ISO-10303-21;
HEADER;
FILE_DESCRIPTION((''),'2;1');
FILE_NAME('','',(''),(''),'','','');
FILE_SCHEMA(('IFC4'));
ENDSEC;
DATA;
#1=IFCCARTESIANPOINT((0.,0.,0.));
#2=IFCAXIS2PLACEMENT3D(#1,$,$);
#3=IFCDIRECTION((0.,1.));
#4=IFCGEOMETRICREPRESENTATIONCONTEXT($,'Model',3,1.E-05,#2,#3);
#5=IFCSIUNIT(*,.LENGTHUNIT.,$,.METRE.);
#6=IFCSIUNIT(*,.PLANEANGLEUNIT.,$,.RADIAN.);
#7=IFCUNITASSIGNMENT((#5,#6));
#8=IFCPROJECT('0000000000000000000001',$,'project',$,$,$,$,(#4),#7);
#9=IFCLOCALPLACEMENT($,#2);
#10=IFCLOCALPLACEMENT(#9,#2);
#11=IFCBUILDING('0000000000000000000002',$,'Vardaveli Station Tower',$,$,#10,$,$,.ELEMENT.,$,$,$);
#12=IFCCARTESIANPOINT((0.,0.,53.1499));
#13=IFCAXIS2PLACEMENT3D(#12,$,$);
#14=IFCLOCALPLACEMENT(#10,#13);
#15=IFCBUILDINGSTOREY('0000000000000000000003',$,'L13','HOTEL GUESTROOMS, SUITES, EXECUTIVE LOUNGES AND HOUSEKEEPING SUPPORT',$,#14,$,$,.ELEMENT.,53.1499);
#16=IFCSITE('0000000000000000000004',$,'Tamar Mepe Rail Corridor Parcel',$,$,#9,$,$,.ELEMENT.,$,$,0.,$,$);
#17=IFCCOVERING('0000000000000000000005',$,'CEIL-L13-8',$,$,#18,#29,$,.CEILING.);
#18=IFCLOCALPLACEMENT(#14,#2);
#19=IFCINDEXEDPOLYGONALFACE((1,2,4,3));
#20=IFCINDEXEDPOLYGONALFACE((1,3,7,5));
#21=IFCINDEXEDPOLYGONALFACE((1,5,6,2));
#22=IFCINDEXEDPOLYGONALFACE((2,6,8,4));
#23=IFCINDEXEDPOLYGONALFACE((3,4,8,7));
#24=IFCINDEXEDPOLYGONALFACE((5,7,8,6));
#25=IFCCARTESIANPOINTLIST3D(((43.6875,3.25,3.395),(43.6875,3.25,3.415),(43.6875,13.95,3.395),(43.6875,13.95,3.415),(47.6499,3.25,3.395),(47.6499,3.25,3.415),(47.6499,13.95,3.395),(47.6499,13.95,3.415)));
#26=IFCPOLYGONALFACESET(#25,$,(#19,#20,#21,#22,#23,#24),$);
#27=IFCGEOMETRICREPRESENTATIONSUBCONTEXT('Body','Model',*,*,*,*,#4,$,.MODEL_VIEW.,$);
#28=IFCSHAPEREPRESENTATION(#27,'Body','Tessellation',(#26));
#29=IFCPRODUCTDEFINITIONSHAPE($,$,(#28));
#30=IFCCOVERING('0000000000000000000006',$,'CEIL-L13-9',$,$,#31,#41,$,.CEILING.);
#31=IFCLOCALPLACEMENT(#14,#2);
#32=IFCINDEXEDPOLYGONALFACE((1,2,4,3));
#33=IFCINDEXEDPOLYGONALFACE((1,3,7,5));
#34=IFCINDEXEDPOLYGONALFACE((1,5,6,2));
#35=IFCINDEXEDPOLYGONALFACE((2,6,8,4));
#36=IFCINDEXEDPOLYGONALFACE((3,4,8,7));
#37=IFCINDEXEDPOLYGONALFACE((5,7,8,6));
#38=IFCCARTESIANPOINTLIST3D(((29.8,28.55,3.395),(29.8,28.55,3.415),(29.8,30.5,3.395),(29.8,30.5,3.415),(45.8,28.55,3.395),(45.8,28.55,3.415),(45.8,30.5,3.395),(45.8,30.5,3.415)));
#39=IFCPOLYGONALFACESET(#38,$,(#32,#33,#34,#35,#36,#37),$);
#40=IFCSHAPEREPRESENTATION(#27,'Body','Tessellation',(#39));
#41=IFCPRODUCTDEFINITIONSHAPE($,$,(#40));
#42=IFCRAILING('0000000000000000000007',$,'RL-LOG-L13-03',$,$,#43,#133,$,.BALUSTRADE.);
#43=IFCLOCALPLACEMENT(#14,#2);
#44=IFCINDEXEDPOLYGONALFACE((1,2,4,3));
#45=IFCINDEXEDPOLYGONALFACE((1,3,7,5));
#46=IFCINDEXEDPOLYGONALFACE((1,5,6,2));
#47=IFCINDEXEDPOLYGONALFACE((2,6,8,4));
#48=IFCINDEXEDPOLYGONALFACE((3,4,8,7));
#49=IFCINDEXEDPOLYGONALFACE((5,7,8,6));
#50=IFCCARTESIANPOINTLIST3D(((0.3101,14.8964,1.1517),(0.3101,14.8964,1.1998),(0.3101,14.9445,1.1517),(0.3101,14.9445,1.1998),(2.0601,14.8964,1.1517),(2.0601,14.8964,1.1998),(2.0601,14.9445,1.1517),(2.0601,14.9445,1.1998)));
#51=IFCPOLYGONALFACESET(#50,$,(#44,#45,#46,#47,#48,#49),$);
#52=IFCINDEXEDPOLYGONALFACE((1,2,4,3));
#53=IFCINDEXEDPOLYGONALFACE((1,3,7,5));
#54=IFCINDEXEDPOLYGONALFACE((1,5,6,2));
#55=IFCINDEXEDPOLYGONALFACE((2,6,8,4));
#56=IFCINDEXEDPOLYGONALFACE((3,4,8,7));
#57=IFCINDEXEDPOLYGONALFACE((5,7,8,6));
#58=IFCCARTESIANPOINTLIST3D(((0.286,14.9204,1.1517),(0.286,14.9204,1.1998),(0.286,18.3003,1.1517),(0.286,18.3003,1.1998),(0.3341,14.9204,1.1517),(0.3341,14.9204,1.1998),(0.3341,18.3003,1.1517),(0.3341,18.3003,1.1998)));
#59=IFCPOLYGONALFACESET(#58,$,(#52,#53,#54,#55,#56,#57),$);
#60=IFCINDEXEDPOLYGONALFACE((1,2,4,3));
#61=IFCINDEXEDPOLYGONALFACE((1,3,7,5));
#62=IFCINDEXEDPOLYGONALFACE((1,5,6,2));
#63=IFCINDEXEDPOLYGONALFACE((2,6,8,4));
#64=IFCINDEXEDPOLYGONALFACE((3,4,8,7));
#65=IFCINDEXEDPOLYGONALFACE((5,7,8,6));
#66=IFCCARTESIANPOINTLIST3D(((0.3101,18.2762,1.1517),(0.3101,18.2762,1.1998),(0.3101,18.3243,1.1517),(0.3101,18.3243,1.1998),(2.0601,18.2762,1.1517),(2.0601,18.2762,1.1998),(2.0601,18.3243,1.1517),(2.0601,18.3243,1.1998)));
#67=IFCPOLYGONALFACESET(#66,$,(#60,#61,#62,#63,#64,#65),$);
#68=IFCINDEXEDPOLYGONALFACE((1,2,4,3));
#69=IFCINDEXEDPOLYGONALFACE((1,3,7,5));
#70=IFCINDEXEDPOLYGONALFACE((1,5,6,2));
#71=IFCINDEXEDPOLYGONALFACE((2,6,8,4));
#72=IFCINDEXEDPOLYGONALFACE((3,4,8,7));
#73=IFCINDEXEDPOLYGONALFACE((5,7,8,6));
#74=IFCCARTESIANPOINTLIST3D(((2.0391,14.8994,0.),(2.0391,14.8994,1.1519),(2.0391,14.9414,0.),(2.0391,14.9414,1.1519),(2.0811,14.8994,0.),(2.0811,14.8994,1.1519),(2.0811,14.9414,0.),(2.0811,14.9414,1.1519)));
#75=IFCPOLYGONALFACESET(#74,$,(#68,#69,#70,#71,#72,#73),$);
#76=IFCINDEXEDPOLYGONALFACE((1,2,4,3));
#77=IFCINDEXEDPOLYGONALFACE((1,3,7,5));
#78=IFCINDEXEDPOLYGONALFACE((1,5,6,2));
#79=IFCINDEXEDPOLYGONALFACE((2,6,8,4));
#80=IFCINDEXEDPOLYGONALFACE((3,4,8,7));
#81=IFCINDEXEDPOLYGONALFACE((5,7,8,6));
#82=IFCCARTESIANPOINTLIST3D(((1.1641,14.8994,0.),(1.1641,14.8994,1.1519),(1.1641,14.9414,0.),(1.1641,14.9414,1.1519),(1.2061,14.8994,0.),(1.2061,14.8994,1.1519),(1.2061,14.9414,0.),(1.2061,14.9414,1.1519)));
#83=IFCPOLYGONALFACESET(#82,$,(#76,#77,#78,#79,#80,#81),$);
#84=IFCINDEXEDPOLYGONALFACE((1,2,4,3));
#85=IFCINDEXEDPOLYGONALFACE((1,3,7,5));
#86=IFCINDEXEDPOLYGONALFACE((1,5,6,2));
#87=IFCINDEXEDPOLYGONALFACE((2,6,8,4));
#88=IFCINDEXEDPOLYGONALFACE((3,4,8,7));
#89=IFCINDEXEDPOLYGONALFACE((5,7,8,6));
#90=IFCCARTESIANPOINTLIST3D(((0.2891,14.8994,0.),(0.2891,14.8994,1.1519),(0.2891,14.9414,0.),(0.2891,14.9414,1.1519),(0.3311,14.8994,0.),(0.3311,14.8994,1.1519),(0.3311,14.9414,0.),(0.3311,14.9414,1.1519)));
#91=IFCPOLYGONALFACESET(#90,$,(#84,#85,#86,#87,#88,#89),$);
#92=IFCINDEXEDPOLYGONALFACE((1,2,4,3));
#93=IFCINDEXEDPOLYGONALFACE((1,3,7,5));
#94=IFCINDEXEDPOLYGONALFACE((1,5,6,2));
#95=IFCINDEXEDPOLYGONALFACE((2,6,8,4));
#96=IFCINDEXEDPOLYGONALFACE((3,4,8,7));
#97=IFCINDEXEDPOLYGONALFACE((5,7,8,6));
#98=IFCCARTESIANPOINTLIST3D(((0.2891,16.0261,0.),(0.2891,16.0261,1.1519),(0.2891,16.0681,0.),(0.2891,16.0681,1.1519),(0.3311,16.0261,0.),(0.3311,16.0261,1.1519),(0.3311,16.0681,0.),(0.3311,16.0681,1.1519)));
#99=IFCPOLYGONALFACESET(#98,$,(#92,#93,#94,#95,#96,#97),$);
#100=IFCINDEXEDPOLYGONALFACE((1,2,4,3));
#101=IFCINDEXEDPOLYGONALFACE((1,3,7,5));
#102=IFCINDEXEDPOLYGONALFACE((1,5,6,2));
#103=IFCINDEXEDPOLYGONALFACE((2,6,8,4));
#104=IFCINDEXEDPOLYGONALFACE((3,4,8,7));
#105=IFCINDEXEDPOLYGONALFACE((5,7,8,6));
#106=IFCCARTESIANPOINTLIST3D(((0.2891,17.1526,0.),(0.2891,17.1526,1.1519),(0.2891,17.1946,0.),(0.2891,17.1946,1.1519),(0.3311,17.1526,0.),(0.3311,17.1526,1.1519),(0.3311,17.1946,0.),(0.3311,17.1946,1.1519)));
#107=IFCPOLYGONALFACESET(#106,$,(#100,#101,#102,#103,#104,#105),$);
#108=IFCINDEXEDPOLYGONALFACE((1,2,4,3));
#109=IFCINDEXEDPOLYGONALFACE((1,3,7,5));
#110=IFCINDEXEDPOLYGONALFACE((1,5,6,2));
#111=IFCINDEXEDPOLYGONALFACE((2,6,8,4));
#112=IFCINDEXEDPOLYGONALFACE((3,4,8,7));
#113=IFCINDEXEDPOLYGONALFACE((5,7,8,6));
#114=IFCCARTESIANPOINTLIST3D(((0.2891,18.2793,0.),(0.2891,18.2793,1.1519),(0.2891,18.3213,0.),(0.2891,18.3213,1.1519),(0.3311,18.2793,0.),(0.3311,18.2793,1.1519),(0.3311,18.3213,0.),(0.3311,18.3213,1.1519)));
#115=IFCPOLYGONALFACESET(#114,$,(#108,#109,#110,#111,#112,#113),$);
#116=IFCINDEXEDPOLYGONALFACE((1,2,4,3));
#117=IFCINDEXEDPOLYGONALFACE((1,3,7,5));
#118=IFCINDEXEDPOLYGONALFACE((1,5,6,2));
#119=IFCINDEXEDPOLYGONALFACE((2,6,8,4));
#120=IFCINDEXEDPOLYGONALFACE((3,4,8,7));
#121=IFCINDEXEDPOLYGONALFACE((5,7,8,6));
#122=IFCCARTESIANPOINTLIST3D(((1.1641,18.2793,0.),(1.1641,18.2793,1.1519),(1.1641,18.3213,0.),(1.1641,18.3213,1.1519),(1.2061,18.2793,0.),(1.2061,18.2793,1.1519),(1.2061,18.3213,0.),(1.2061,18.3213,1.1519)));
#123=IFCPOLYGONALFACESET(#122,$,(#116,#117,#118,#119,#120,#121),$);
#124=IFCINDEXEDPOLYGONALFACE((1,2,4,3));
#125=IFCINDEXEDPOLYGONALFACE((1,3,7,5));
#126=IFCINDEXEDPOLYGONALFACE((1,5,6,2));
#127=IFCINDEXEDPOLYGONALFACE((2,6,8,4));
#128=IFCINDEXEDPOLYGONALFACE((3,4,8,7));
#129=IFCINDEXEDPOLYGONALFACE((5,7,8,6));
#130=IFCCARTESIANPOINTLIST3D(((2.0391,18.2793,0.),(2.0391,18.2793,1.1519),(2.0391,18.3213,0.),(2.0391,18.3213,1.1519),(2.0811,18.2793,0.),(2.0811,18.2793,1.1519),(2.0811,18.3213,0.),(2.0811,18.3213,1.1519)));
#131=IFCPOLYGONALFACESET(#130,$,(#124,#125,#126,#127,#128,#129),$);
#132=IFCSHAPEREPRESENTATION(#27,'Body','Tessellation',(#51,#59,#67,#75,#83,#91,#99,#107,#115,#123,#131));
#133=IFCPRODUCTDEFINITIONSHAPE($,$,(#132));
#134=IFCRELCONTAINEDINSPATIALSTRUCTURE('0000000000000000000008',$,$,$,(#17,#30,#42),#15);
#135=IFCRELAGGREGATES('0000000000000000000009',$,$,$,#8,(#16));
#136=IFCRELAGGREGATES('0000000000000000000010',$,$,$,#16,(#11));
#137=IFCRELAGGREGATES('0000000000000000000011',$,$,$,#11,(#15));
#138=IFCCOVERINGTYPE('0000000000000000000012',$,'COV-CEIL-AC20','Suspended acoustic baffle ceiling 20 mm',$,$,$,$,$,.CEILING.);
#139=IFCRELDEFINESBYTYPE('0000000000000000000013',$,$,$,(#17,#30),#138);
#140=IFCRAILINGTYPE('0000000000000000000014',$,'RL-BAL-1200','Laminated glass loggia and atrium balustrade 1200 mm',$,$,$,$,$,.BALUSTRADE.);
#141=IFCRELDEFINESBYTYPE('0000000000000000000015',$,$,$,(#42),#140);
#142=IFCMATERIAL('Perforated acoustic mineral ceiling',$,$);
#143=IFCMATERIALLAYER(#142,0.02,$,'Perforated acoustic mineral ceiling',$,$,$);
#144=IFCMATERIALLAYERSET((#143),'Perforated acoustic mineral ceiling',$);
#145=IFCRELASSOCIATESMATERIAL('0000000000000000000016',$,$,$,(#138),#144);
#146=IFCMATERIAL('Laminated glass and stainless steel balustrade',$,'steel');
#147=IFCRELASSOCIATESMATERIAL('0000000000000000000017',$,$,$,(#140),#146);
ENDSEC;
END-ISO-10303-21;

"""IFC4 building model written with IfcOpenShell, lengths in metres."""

from ifc_helpers import new_model, si_unit, direction, frame, origin, origin_2d, place, context, subcontext, project, spatial, polyline, rectangle, outline, extrude, source, transform, mapped, material, layer, layer_set, type_object, element, save


model = new_model("IFC4")

# Units and contexts
model_context = context("Model", 3, precision=1e-05, world=origin(), true_north=direction((0.0, 1.0)))
body_context = subcontext(model_context, "Body", "Model", "MODEL_VIEW")
ifc_project = project(units=[si_unit("LENGTHUNIT", "METRE"), si_unit("PLANEANGLEUNIT", "RADIAN")], contexts=[model_context])

# Site, building, storey
site_placement = place(None, origin())
site = spatial("IfcSite", under=ifc_project, at=site_placement, Name="Tamar Mepe Rail Corridor Parcel", CompositionType="ELEMENT", RefElevation=0.0)
building_placement = place(site_placement, origin())
building = spatial("IfcBuilding", under=site, at=building_placement, Name="Vardaveli Station Tower", CompositionType="ELEMENT")
storey_placement = place(building_placement, frame((0.0, 0.0, 53.1499)))
storey = spatial("IfcBuildingStorey", under=building, at=storey_placement, Name="L13", Description="HOTEL GUESTROOMS, SUITES, EXECUTIVE LOUNGES AND HOUSEKEEPING SUPPORT", CompositionType="ELEMENT", Elevation=53.1499)

# Coverings
ifc_material_1 = material(Name="Perforated acoustic mineral ceiling")
ifc_layer_1 = layer(ifc_material_1, 0.02, Name="Perforated acoustic mineral ceiling")
ifc_layer_set_1 = layer_set([ifc_layer_1], Name="Perforated acoustic mineral ceiling")
covering_type = type_object("IfcCoveringType", Name="COV-CEIL-AC20", Description="Suspended acoustic baffle ceiling 20 mm", PredefinedType="CEILING", material=ifc_layer_set_1)
covering_1_placement = place(storey_placement, frame((0.0, 0.0, 3.395)))
element("IfcCovering", 1, at=covering_1_placement, inside=storey, type_object=covering_type, Name="CEIL-L13-8", PredefinedType="CEILING", context=body_context, shape_type="SweptSolid", body=[
    extrude(outline(polyline([(43.6875, 3.25), (47.6499, 3.25), (47.6499, 13.95), (43.6875, 13.95), (43.6875, 3.25)])), origin(), (0.0, 0.0, 1.0), 0.02),
])
covering_2_placement = place(storey_placement, frame((0.0, 0.0, 3.395)))
element("IfcCovering", 2, at=covering_2_placement, inside=storey, type_object=covering_type, Name="CEIL-L13-9", PredefinedType="CEILING", context=body_context, shape_type="SweptSolid", body=[
    extrude(outline(polyline([(29.8, 28.55), (45.8, 28.55), (45.8, 30.5), (29.8, 30.5), (29.8, 28.55)])), origin(), (0.0, 0.0, 1.0), 0.02),
])

# Railing
ifc_material_2 = material(Name="Laminated glass and stainless steel balustrade", Category="steel")
railing_type = type_object("IfcRailingType", Name="RL-BAL-1200", Description="Laminated glass loggia and atrium balustrade 1200 mm", PredefinedType="BALUSTRADE", material=ifc_material_2)
shared_shape_1 = source(origin(), body_context, "Body", "SweptSolid", [
    extrude(rectangle(XDim=0.0481, YDim=0.0481, at=origin_2d()), frame((0.0, 0.0, 1.1758), z_axis=(-1.0, 0.0, 0.0), x_axis=(0.0, -1.0, 0.0)), (0.0, 0.0, 1.0), 1.75),
    extrude(rectangle(XDim=0.0481, YDim=0.0481, at=origin_2d()), frame((-1.75, 0.0, 1.1758), z_axis=(0.0, 1.0, 0.0), x_axis=(-1.0, 0.0, 0.0)), (0.0, 0.0, 1.0), 3.3799),
    extrude(rectangle(XDim=0.0481, YDim=0.0481, at=origin_2d()), frame((-1.75, 3.3799, 1.1758), z_axis=(1.0, 0.0, 0.0), x_axis=(0.0, 1.0, 0.0)), (0.0, 0.0, 1.0), 1.75),
    extrude(rectangle(XDim=0.042, YDim=0.042, at=origin_2d()), origin(), (0.0, 0.0, 1.0), 1.1519),
    extrude(rectangle(XDim=0.042, YDim=0.042, at=origin_2d()), frame((-0.875, 0.0, 0.0)), (0.0, 0.0, 1.0), 1.1519),
    extrude(rectangle(XDim=0.042, YDim=0.042, at=origin_2d()), frame((-1.75, 0.0, 0.0)), (0.0, 0.0, 1.0), 1.1519),
    extrude(rectangle(XDim=0.042, YDim=0.042, at=origin_2d()), frame((-1.75, 1.1267, 0.0)), (0.0, 0.0, 1.0), 1.1519),
    extrude(rectangle(XDim=0.042, YDim=0.042, at=origin_2d()), frame((-1.75, 2.2532, 0.0)), (0.0, 0.0, 1.0), 1.1519),
    extrude(rectangle(XDim=0.042, YDim=0.042, at=origin_2d()), frame((-1.75, 3.3799, 0.0)), (0.0, 0.0, 1.0), 1.1519),
    extrude(rectangle(XDim=0.042, YDim=0.042, at=origin_2d()), frame((-0.875, 3.3799, 0.0)), (0.0, 0.0, 1.0), 1.1519),
    extrude(rectangle(XDim=0.042, YDim=0.042, at=origin_2d()), frame((0.0, 3.3799, 0.0)), (0.0, 0.0, 1.0), 1.1519),
])
railing_placement = place(storey_placement, frame((2.0601, 14.9204, 0.0)))
element("IfcRailing", 3, at=railing_placement, inside=storey, type_object=railing_type, Name="RL-LOG-L13-03", PredefinedType="BALUSTRADE", context=body_context, shape_type="MappedRepresentation", body=[
    mapped(shared_shape_1, transform((0.0, 0.0, 0.0), scale=1.0)),
])

save(model, "model.ifc")
